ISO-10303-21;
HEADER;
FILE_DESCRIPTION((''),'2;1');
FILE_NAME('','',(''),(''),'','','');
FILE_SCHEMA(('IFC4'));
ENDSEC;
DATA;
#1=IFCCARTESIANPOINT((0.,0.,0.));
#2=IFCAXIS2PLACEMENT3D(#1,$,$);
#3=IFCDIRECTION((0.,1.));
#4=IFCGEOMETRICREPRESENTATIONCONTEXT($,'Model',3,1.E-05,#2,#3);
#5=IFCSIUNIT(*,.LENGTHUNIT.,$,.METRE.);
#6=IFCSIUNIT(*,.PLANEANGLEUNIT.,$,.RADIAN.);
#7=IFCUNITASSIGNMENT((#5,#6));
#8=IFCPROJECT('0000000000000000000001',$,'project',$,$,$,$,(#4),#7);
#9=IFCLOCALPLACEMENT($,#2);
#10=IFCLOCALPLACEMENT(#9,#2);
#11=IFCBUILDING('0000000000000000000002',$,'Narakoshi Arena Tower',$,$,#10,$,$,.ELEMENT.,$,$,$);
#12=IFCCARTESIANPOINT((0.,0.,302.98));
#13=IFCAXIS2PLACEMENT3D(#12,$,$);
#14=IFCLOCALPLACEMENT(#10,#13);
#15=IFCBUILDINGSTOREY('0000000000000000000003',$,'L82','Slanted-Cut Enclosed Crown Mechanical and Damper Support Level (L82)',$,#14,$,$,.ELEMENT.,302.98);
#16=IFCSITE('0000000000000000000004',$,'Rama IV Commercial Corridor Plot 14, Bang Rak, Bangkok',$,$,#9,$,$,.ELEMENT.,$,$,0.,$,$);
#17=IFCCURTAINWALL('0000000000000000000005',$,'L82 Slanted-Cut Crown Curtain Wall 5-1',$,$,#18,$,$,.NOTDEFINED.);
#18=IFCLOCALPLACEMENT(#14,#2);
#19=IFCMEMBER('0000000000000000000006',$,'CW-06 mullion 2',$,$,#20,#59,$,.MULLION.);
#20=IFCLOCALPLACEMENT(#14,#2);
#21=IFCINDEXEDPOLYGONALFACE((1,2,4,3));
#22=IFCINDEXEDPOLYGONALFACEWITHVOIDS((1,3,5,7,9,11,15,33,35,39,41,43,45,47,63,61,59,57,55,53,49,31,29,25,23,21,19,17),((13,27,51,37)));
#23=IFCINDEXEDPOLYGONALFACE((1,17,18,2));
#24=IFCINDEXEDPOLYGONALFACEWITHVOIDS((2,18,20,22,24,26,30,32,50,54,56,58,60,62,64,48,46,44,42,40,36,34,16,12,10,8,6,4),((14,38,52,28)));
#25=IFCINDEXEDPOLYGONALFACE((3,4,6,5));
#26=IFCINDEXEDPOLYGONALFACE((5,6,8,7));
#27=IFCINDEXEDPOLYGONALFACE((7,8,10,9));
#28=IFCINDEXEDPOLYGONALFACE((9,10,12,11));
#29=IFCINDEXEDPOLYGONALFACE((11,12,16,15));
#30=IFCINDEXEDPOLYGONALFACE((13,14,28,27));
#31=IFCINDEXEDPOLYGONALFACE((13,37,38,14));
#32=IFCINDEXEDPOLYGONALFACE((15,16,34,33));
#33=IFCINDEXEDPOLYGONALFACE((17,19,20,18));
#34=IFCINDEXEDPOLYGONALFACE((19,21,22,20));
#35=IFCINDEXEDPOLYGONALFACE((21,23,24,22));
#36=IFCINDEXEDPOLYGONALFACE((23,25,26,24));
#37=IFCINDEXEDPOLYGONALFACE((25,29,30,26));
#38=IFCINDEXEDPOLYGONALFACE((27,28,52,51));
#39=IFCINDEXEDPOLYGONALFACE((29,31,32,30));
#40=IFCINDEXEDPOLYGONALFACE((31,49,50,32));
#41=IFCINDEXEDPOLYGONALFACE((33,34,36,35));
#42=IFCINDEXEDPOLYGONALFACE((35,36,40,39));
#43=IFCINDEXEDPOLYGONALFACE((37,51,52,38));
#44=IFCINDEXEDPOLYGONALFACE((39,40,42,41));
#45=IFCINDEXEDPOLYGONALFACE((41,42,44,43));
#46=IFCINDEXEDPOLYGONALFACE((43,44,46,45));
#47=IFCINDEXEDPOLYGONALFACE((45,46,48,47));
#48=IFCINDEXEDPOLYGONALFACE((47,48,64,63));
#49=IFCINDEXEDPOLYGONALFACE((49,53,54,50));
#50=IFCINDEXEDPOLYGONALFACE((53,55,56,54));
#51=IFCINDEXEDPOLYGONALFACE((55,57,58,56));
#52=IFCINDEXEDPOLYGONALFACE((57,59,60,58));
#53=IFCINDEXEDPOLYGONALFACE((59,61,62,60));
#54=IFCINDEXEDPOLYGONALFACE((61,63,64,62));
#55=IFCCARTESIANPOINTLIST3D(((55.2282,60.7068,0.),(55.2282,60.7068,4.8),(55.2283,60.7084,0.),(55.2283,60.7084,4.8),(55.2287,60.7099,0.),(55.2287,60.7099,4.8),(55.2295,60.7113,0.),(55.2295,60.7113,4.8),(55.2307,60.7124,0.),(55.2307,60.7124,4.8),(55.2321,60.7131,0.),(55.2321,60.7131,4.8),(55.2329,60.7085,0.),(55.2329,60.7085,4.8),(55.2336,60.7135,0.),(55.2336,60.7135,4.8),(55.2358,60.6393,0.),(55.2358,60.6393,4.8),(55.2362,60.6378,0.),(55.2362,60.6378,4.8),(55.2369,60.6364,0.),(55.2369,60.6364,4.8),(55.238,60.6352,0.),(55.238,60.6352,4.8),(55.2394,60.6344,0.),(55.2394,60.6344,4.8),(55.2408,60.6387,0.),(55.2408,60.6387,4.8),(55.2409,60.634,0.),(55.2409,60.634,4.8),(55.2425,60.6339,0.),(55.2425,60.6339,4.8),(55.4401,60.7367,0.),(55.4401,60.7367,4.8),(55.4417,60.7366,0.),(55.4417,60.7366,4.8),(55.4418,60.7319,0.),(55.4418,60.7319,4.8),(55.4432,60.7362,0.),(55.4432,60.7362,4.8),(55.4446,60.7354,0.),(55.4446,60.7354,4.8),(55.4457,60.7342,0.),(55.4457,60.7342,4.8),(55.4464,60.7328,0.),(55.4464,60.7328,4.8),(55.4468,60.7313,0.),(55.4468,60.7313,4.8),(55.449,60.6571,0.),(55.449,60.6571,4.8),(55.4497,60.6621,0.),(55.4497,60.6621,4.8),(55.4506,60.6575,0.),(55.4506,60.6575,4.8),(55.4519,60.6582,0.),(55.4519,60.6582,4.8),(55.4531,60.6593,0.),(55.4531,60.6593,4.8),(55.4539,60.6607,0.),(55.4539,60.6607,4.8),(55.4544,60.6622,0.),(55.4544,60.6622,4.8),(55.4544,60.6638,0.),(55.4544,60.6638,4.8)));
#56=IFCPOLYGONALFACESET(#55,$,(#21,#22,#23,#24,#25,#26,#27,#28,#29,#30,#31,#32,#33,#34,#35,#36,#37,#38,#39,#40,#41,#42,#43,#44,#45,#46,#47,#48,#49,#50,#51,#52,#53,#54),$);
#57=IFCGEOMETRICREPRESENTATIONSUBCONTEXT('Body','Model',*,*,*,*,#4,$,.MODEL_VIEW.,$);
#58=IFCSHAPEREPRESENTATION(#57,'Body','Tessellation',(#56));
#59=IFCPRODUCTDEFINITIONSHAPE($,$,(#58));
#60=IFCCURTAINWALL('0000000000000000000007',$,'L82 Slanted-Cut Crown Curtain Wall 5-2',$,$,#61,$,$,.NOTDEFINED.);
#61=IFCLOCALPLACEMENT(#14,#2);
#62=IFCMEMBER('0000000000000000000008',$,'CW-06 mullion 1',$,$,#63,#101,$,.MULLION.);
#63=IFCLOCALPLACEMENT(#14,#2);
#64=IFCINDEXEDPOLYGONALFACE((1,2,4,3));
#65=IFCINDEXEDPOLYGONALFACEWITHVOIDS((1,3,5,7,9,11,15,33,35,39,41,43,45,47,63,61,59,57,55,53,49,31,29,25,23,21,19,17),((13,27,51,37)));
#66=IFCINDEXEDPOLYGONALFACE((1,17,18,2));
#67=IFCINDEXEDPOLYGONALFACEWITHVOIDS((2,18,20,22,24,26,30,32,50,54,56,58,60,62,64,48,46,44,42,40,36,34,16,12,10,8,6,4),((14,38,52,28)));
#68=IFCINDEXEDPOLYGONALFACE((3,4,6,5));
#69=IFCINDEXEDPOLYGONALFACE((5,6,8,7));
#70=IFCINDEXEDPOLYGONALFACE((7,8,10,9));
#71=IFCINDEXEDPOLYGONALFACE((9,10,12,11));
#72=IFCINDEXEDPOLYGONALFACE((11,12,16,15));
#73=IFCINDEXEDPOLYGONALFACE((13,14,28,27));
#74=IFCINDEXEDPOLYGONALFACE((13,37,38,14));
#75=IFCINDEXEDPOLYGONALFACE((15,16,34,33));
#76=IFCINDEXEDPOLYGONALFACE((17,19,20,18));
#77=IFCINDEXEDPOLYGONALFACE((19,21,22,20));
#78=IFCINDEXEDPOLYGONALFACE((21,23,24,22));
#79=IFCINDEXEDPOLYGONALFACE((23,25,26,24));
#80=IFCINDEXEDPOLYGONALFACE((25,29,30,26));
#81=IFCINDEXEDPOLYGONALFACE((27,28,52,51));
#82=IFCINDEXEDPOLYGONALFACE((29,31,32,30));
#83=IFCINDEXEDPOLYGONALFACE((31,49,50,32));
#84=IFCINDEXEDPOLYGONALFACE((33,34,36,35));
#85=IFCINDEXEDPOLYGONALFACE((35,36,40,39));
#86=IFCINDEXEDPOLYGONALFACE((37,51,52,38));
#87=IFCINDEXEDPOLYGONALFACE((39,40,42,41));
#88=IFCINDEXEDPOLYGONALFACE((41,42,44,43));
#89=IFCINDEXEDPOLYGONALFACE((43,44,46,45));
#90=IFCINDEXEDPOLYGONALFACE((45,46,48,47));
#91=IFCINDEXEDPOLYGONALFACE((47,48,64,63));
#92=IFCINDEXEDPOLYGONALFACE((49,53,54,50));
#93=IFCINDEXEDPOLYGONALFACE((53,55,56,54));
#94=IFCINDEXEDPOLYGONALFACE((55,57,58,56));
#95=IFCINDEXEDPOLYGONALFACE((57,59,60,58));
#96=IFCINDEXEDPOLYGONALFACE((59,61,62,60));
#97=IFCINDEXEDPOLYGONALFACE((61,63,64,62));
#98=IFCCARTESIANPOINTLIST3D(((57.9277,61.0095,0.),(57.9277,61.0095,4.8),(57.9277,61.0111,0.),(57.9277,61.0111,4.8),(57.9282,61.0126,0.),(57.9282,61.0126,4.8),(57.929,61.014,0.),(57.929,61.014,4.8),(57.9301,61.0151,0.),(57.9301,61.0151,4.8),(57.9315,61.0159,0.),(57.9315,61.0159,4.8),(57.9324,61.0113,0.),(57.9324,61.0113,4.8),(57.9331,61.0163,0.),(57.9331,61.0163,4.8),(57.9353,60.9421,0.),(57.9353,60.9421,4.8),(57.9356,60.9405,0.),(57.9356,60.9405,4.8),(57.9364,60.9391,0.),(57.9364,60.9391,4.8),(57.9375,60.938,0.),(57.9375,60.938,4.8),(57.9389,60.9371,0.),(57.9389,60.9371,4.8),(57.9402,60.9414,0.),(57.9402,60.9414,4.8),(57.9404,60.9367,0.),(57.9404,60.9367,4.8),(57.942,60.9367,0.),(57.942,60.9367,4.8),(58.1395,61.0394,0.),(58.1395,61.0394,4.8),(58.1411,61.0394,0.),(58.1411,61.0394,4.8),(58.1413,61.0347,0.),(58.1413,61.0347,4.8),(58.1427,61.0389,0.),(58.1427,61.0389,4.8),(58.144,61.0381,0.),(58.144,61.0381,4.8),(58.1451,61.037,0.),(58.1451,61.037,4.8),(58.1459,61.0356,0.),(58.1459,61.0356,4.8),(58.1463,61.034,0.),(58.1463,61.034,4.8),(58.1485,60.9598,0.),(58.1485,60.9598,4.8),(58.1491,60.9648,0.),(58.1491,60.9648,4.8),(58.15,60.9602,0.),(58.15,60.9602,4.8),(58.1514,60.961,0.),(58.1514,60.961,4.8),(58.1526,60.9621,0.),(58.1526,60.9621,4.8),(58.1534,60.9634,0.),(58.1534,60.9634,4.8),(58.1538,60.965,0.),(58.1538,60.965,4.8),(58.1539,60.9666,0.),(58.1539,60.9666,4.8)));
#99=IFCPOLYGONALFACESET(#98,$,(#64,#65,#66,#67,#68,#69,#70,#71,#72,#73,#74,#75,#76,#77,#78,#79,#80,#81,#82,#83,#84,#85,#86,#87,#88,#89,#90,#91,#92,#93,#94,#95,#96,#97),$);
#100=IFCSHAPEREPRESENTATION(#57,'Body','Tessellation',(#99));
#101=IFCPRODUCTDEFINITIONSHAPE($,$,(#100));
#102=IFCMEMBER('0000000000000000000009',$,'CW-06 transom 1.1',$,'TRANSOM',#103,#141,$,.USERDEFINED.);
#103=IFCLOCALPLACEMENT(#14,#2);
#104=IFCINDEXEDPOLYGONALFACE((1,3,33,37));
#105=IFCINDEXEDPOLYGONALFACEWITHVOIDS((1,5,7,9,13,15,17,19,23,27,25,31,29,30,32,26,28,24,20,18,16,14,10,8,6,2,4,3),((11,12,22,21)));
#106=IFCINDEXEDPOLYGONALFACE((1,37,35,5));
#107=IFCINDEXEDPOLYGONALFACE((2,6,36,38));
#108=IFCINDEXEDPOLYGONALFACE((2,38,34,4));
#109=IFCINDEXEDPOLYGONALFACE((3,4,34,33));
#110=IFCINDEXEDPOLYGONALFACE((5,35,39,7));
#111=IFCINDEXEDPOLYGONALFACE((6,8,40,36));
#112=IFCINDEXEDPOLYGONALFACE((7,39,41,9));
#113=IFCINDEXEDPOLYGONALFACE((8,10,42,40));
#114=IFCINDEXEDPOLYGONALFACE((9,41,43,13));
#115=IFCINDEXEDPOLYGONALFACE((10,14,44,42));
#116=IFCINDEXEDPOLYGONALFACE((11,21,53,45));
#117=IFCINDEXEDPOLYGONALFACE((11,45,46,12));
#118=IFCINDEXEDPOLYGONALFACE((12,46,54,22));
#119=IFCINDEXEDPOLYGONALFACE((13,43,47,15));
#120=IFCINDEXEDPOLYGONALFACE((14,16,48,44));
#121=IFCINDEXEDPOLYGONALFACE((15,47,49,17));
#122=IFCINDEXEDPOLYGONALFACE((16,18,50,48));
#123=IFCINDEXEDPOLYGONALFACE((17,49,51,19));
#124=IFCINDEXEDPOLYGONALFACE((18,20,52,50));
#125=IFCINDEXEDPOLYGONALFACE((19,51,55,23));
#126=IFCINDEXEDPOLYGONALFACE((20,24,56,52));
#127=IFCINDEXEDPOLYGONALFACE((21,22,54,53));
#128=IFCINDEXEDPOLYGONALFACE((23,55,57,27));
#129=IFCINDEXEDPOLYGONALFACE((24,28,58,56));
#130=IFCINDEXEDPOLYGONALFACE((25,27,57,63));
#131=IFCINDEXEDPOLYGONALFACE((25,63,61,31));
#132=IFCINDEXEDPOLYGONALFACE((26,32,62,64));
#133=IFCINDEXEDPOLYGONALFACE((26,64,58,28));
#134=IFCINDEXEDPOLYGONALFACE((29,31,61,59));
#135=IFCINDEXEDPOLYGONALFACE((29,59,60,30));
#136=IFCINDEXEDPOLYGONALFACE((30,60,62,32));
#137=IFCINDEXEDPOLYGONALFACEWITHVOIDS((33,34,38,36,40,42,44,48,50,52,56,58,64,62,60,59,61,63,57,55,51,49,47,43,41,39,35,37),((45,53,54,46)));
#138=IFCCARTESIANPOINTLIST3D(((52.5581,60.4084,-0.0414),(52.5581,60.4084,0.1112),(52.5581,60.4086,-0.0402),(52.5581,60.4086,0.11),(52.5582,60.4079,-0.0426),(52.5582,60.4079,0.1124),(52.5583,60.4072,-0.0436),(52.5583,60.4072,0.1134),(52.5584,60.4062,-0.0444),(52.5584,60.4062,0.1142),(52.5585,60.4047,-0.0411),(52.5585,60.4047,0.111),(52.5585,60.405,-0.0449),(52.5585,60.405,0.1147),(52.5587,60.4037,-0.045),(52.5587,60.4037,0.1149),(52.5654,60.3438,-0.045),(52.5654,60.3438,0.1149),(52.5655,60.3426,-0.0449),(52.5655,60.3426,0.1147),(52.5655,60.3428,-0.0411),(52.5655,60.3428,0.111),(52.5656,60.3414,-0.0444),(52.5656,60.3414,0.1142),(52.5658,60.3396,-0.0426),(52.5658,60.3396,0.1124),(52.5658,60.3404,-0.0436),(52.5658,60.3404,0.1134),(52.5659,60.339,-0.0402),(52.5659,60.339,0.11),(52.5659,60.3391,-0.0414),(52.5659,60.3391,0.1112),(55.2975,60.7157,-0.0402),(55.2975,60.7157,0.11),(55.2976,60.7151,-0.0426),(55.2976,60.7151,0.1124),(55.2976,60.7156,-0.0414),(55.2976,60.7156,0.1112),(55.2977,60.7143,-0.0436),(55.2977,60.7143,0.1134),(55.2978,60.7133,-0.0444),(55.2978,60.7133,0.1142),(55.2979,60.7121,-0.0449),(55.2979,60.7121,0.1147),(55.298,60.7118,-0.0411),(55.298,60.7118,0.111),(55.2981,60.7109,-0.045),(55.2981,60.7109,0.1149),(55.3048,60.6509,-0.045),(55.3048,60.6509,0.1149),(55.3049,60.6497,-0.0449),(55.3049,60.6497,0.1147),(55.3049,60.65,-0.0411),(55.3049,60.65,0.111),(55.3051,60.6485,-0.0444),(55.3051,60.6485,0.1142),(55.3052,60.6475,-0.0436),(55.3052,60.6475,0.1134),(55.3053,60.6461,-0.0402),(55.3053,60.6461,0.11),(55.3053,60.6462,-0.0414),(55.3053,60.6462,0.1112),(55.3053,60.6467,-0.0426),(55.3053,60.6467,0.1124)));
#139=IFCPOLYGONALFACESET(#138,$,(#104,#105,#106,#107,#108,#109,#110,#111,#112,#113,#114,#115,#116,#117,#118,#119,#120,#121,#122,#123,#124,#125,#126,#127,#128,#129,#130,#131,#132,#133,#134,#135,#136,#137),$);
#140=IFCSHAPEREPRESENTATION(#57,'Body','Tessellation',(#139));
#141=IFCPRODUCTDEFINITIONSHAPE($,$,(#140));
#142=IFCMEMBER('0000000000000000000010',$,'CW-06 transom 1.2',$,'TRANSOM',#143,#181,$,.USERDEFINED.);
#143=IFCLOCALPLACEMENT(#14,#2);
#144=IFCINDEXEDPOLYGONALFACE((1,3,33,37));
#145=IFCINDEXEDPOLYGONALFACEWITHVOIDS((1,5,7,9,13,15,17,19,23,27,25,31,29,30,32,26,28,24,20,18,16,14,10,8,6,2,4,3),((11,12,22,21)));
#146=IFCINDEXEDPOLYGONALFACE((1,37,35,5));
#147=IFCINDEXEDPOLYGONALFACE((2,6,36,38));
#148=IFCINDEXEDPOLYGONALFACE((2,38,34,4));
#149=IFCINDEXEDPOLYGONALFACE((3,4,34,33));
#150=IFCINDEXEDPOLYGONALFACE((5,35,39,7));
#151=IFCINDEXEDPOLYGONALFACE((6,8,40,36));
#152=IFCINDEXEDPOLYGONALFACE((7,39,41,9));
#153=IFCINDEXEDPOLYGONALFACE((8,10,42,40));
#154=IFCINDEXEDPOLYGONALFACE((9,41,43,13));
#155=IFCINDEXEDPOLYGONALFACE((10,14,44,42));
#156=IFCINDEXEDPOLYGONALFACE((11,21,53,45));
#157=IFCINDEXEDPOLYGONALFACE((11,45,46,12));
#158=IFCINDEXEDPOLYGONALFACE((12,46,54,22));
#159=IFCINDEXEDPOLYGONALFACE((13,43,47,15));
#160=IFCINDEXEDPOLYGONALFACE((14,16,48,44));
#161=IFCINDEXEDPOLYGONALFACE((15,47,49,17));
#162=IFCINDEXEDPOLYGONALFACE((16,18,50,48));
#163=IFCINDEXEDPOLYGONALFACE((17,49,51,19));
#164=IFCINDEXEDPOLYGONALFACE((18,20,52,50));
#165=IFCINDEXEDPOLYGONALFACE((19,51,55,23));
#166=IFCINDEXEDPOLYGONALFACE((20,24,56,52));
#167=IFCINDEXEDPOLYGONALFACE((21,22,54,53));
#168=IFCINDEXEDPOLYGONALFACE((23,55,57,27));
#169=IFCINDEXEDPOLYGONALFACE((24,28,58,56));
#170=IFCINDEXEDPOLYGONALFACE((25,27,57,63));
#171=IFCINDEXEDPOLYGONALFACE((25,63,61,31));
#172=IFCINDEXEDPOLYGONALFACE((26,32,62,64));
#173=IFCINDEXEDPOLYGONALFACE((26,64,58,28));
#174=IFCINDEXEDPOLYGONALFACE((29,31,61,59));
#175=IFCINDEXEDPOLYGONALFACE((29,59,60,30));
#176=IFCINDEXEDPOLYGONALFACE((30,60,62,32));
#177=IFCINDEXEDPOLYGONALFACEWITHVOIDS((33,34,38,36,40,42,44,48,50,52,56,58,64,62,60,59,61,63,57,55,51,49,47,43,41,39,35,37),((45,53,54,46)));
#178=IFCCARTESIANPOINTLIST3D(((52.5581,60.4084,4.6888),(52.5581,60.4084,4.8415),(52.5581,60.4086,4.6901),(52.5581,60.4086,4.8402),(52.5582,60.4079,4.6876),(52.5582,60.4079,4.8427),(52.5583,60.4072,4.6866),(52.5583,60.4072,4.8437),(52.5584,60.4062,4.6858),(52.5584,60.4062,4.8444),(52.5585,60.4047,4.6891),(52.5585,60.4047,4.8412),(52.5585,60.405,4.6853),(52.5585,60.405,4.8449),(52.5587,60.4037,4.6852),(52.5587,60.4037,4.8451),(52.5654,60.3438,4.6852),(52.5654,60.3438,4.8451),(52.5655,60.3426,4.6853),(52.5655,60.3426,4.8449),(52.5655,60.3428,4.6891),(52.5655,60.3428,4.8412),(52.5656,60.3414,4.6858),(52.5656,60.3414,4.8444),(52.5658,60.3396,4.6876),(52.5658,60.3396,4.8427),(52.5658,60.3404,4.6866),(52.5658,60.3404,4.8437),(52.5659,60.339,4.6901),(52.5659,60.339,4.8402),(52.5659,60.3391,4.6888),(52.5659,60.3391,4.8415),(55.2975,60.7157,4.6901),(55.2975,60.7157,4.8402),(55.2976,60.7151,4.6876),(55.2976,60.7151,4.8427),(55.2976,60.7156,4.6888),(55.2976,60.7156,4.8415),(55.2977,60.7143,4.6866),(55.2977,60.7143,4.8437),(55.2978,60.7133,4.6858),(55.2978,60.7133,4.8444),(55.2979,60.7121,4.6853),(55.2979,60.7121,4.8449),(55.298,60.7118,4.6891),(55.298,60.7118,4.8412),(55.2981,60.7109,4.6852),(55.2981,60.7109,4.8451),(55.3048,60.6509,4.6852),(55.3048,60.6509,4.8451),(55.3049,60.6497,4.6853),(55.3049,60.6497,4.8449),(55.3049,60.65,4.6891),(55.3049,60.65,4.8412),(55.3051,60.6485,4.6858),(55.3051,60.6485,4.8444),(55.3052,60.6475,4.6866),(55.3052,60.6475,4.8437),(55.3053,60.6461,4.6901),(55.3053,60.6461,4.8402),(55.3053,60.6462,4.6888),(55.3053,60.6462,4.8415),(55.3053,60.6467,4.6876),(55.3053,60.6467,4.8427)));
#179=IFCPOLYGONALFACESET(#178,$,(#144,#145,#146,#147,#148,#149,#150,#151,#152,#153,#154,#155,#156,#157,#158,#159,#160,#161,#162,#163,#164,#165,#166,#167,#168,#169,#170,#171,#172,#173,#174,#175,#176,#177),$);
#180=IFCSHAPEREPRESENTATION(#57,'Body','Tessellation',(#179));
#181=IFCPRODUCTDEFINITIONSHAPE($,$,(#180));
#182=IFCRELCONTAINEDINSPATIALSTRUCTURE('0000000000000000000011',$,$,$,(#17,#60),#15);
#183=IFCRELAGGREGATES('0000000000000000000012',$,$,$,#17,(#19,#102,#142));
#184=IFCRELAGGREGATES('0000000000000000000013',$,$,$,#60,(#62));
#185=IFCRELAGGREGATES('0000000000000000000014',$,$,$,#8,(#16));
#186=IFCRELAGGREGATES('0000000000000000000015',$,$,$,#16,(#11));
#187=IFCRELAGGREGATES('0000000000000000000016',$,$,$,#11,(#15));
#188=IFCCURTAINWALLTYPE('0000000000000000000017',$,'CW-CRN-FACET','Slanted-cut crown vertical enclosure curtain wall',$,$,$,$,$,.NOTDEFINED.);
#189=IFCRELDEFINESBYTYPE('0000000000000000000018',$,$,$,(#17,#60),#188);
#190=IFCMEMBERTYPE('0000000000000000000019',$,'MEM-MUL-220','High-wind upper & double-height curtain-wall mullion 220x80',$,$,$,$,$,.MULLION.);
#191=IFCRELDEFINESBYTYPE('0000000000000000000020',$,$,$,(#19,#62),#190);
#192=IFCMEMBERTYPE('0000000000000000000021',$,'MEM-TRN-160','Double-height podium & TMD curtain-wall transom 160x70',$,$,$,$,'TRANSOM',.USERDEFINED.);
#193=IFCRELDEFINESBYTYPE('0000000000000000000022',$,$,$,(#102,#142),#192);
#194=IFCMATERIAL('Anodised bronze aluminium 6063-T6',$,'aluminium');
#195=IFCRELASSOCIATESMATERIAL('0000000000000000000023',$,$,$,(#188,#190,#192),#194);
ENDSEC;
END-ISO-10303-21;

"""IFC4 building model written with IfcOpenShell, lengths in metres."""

from ifc_helpers import new_model, si_unit, direction, frame, origin, origin_2d, place, context, subcontext, project, spatial, hollow_rectangle, extrude, material, material_profile, profile_set, type_object, element, aggregate, save


model = new_model("IFC4")

# Units and contexts
model_context = context("Model", 3, precision=1e-05, world=origin(), true_north=direction((0.0, 1.0)))
body_context = subcontext(model_context, "Body", "Model", "MODEL_VIEW")
ifc_project = project(units=[si_unit("LENGTHUNIT", "METRE"), si_unit("PLANEANGLEUNIT", "RADIAN")], contexts=[model_context])

# Site, building, storey
site_placement = place(None, origin())
site = spatial("IfcSite", under=ifc_project, at=site_placement, Name="Rama IV Commercial Corridor Plot 14, Bang Rak, Bangkok", CompositionType="ELEMENT", RefElevation=0.0)
building_placement = place(site_placement, origin())
building = spatial("IfcBuilding", under=site, at=building_placement, Name="Narakoshi Arena Tower", CompositionType="ELEMENT")
storey_placement = place(building_placement, frame((0.0, 0.0, 302.98)))
storey = spatial("IfcBuildingStorey", under=building, at=storey_placement, Name="L82", Description="Slanted-Cut Enclosed Crown Mechanical and Damper Support Level (L82)", CompositionType="ELEMENT", Elevation=302.98)

# Curtain wall, member
ifc_material_1 = material(Name="Anodised bronze aluminium 6063-T6", Category="aluminium")
curtain_wall_type = type_object("IfcCurtainWallType", Name="CW-CRN-FACET", Description="Slanted-cut crown vertical enclosure curtain wall", PredefinedType="NOTDEFINED", material=ifc_material_1)
curtain_wall_1_placement = place(storey_placement, origin())
curtain_wall_1 = element("IfcCurtainWall", 1, at=curtain_wall_1_placement, inside=storey, type_object=curtain_wall_type, Name="L82 Slanted-Cut Crown Curtain Wall 5-1", PredefinedType="NOTDEFINED")
ifc_material_profile_1 = material_profile(ifc_material_1, hollow_rectangle(XDim=0.0801, YDim=0.22, WallThickness=0.0049, OuterFilletRadius=0.0061, at=origin_2d()), Name="MUL220x80x5")
ifc_profile_set_1 = profile_set([ifc_material_profile_1], Name="Anodised bronze aluminium 6063-T6")
member_type_1 = type_object("IfcMemberType", Name="MEM-MUL-220", Description="High-wind upper & double-height curtain-wall mullion 220x80", PredefinedType="MULLION", material=ifc_profile_set_1)
member_1_placement = place(storey_placement, frame((55.3413, 60.6853, 0.0), z_axis=(0.0, 0.0, 1.0), x_axis=(-0.111395, 0.993776, 0.0)))
member_1 = element("IfcMember", 2, at=member_1_placement, type_object=member_type_1, Name="CW-06 mullion 2", PredefinedType="MULLION", context=body_context, shape_type="SweptSolid", body=[
    extrude(hollow_rectangle(XDim=0.0801, YDim=0.22, WallThickness=0.0049, OuterFilletRadius=0.0061, at=origin_2d()), origin(), (0.0, 0.0, 1.0), 4.8),
])

# Curtain wall, member
curtain_wall_2_placement = place(storey_placement, origin())
curtain_wall_2 = element("IfcCurtainWall", 3, at=curtain_wall_2_placement, inside=storey, type_object=curtain_wall_type, Name="L82 Slanted-Cut Crown Curtain Wall 5-2", PredefinedType="NOTDEFINED")
member_2_placement = place(storey_placement, frame((58.0408, 60.988, 0.0), z_axis=(0.0, 0.0, 1.0), x_axis=(-0.111395, 0.993776, 0.0)))
member_2 = element("IfcMember", 4, at=member_2_placement, type_object=member_type_1, Name="CW-06 mullion 1", PredefinedType="MULLION", context=body_context, shape_type="SweptSolid", body=[
    extrude(hollow_rectangle(XDim=0.0801, YDim=0.22, WallThickness=0.0049, OuterFilletRadius=0.0061, at=origin_2d()), origin(), (0.0, 0.0, 1.0), 4.8),
])

# Members
ifc_material_profile_2 = material_profile(ifc_material_1, hollow_rectangle(XDim=0.0701, YDim=0.1599, WallThickness=0.0039, OuterFilletRadius=0.0049, at=origin_2d()), Name="TRN160x70x4")
ifc_profile_set_2 = profile_set([ifc_material_profile_2], Name="Anodised bronze aluminium 6063-T6")
member_type_2 = type_object("IfcMemberType", Name="MEM-TRN-160", Description="Double-height podium & TMD curtain-wall transom 160x70", ElementType="TRANSOM", PredefinedType="USERDEFINED", material=ifc_profile_set_2)
member_3_placement = place(storey_placement, frame((52.562, 60.3738, 0.0349), z_axis=(0.993774, 0.111413, 0.0), x_axis=(-0.111413, 0.993774, 0.0)))
member_3 = element("IfcMember", 5, at=member_3_placement, type_object=member_type_2, Name="CW-06 transom 1.1", ObjectType="TRANSOM", PredefinedType="USERDEFINED", context=body_context, shape_type="SweptSolid", body=[
    extrude(hollow_rectangle(XDim=0.0701, YDim=0.1599, WallThickness=0.0039, OuterFilletRadius=0.0049, at=origin_2d()), origin(), (0.0, 0.0, 1.0), 2.7566),
])
member_4_placement = place(storey_placement, frame((52.562, 60.3738, 4.7651), z_axis=(0.993774, 0.111413, 0.0), x_axis=(-0.111413, 0.993774, 0.0)))
member_4 = element("IfcMember", 6, at=member_4_placement, type_object=member_type_2, Name="CW-06 transom 1.2", ObjectType="TRANSOM", PredefinedType="USERDEFINED", context=body_context, shape_type="SweptSolid", body=[
    extrude(hollow_rectangle(XDim=0.0701, YDim=0.1599, WallThickness=0.0039, OuterFilletRadius=0.0049, at=origin_2d()), origin(), (0.0, 0.0, 1.0), 2.7566),
])

aggregate(curtain_wall_1, [member_1, member_3, member_4])
aggregate(curtain_wall_2, [member_2])

save(model, "model.ifc")
